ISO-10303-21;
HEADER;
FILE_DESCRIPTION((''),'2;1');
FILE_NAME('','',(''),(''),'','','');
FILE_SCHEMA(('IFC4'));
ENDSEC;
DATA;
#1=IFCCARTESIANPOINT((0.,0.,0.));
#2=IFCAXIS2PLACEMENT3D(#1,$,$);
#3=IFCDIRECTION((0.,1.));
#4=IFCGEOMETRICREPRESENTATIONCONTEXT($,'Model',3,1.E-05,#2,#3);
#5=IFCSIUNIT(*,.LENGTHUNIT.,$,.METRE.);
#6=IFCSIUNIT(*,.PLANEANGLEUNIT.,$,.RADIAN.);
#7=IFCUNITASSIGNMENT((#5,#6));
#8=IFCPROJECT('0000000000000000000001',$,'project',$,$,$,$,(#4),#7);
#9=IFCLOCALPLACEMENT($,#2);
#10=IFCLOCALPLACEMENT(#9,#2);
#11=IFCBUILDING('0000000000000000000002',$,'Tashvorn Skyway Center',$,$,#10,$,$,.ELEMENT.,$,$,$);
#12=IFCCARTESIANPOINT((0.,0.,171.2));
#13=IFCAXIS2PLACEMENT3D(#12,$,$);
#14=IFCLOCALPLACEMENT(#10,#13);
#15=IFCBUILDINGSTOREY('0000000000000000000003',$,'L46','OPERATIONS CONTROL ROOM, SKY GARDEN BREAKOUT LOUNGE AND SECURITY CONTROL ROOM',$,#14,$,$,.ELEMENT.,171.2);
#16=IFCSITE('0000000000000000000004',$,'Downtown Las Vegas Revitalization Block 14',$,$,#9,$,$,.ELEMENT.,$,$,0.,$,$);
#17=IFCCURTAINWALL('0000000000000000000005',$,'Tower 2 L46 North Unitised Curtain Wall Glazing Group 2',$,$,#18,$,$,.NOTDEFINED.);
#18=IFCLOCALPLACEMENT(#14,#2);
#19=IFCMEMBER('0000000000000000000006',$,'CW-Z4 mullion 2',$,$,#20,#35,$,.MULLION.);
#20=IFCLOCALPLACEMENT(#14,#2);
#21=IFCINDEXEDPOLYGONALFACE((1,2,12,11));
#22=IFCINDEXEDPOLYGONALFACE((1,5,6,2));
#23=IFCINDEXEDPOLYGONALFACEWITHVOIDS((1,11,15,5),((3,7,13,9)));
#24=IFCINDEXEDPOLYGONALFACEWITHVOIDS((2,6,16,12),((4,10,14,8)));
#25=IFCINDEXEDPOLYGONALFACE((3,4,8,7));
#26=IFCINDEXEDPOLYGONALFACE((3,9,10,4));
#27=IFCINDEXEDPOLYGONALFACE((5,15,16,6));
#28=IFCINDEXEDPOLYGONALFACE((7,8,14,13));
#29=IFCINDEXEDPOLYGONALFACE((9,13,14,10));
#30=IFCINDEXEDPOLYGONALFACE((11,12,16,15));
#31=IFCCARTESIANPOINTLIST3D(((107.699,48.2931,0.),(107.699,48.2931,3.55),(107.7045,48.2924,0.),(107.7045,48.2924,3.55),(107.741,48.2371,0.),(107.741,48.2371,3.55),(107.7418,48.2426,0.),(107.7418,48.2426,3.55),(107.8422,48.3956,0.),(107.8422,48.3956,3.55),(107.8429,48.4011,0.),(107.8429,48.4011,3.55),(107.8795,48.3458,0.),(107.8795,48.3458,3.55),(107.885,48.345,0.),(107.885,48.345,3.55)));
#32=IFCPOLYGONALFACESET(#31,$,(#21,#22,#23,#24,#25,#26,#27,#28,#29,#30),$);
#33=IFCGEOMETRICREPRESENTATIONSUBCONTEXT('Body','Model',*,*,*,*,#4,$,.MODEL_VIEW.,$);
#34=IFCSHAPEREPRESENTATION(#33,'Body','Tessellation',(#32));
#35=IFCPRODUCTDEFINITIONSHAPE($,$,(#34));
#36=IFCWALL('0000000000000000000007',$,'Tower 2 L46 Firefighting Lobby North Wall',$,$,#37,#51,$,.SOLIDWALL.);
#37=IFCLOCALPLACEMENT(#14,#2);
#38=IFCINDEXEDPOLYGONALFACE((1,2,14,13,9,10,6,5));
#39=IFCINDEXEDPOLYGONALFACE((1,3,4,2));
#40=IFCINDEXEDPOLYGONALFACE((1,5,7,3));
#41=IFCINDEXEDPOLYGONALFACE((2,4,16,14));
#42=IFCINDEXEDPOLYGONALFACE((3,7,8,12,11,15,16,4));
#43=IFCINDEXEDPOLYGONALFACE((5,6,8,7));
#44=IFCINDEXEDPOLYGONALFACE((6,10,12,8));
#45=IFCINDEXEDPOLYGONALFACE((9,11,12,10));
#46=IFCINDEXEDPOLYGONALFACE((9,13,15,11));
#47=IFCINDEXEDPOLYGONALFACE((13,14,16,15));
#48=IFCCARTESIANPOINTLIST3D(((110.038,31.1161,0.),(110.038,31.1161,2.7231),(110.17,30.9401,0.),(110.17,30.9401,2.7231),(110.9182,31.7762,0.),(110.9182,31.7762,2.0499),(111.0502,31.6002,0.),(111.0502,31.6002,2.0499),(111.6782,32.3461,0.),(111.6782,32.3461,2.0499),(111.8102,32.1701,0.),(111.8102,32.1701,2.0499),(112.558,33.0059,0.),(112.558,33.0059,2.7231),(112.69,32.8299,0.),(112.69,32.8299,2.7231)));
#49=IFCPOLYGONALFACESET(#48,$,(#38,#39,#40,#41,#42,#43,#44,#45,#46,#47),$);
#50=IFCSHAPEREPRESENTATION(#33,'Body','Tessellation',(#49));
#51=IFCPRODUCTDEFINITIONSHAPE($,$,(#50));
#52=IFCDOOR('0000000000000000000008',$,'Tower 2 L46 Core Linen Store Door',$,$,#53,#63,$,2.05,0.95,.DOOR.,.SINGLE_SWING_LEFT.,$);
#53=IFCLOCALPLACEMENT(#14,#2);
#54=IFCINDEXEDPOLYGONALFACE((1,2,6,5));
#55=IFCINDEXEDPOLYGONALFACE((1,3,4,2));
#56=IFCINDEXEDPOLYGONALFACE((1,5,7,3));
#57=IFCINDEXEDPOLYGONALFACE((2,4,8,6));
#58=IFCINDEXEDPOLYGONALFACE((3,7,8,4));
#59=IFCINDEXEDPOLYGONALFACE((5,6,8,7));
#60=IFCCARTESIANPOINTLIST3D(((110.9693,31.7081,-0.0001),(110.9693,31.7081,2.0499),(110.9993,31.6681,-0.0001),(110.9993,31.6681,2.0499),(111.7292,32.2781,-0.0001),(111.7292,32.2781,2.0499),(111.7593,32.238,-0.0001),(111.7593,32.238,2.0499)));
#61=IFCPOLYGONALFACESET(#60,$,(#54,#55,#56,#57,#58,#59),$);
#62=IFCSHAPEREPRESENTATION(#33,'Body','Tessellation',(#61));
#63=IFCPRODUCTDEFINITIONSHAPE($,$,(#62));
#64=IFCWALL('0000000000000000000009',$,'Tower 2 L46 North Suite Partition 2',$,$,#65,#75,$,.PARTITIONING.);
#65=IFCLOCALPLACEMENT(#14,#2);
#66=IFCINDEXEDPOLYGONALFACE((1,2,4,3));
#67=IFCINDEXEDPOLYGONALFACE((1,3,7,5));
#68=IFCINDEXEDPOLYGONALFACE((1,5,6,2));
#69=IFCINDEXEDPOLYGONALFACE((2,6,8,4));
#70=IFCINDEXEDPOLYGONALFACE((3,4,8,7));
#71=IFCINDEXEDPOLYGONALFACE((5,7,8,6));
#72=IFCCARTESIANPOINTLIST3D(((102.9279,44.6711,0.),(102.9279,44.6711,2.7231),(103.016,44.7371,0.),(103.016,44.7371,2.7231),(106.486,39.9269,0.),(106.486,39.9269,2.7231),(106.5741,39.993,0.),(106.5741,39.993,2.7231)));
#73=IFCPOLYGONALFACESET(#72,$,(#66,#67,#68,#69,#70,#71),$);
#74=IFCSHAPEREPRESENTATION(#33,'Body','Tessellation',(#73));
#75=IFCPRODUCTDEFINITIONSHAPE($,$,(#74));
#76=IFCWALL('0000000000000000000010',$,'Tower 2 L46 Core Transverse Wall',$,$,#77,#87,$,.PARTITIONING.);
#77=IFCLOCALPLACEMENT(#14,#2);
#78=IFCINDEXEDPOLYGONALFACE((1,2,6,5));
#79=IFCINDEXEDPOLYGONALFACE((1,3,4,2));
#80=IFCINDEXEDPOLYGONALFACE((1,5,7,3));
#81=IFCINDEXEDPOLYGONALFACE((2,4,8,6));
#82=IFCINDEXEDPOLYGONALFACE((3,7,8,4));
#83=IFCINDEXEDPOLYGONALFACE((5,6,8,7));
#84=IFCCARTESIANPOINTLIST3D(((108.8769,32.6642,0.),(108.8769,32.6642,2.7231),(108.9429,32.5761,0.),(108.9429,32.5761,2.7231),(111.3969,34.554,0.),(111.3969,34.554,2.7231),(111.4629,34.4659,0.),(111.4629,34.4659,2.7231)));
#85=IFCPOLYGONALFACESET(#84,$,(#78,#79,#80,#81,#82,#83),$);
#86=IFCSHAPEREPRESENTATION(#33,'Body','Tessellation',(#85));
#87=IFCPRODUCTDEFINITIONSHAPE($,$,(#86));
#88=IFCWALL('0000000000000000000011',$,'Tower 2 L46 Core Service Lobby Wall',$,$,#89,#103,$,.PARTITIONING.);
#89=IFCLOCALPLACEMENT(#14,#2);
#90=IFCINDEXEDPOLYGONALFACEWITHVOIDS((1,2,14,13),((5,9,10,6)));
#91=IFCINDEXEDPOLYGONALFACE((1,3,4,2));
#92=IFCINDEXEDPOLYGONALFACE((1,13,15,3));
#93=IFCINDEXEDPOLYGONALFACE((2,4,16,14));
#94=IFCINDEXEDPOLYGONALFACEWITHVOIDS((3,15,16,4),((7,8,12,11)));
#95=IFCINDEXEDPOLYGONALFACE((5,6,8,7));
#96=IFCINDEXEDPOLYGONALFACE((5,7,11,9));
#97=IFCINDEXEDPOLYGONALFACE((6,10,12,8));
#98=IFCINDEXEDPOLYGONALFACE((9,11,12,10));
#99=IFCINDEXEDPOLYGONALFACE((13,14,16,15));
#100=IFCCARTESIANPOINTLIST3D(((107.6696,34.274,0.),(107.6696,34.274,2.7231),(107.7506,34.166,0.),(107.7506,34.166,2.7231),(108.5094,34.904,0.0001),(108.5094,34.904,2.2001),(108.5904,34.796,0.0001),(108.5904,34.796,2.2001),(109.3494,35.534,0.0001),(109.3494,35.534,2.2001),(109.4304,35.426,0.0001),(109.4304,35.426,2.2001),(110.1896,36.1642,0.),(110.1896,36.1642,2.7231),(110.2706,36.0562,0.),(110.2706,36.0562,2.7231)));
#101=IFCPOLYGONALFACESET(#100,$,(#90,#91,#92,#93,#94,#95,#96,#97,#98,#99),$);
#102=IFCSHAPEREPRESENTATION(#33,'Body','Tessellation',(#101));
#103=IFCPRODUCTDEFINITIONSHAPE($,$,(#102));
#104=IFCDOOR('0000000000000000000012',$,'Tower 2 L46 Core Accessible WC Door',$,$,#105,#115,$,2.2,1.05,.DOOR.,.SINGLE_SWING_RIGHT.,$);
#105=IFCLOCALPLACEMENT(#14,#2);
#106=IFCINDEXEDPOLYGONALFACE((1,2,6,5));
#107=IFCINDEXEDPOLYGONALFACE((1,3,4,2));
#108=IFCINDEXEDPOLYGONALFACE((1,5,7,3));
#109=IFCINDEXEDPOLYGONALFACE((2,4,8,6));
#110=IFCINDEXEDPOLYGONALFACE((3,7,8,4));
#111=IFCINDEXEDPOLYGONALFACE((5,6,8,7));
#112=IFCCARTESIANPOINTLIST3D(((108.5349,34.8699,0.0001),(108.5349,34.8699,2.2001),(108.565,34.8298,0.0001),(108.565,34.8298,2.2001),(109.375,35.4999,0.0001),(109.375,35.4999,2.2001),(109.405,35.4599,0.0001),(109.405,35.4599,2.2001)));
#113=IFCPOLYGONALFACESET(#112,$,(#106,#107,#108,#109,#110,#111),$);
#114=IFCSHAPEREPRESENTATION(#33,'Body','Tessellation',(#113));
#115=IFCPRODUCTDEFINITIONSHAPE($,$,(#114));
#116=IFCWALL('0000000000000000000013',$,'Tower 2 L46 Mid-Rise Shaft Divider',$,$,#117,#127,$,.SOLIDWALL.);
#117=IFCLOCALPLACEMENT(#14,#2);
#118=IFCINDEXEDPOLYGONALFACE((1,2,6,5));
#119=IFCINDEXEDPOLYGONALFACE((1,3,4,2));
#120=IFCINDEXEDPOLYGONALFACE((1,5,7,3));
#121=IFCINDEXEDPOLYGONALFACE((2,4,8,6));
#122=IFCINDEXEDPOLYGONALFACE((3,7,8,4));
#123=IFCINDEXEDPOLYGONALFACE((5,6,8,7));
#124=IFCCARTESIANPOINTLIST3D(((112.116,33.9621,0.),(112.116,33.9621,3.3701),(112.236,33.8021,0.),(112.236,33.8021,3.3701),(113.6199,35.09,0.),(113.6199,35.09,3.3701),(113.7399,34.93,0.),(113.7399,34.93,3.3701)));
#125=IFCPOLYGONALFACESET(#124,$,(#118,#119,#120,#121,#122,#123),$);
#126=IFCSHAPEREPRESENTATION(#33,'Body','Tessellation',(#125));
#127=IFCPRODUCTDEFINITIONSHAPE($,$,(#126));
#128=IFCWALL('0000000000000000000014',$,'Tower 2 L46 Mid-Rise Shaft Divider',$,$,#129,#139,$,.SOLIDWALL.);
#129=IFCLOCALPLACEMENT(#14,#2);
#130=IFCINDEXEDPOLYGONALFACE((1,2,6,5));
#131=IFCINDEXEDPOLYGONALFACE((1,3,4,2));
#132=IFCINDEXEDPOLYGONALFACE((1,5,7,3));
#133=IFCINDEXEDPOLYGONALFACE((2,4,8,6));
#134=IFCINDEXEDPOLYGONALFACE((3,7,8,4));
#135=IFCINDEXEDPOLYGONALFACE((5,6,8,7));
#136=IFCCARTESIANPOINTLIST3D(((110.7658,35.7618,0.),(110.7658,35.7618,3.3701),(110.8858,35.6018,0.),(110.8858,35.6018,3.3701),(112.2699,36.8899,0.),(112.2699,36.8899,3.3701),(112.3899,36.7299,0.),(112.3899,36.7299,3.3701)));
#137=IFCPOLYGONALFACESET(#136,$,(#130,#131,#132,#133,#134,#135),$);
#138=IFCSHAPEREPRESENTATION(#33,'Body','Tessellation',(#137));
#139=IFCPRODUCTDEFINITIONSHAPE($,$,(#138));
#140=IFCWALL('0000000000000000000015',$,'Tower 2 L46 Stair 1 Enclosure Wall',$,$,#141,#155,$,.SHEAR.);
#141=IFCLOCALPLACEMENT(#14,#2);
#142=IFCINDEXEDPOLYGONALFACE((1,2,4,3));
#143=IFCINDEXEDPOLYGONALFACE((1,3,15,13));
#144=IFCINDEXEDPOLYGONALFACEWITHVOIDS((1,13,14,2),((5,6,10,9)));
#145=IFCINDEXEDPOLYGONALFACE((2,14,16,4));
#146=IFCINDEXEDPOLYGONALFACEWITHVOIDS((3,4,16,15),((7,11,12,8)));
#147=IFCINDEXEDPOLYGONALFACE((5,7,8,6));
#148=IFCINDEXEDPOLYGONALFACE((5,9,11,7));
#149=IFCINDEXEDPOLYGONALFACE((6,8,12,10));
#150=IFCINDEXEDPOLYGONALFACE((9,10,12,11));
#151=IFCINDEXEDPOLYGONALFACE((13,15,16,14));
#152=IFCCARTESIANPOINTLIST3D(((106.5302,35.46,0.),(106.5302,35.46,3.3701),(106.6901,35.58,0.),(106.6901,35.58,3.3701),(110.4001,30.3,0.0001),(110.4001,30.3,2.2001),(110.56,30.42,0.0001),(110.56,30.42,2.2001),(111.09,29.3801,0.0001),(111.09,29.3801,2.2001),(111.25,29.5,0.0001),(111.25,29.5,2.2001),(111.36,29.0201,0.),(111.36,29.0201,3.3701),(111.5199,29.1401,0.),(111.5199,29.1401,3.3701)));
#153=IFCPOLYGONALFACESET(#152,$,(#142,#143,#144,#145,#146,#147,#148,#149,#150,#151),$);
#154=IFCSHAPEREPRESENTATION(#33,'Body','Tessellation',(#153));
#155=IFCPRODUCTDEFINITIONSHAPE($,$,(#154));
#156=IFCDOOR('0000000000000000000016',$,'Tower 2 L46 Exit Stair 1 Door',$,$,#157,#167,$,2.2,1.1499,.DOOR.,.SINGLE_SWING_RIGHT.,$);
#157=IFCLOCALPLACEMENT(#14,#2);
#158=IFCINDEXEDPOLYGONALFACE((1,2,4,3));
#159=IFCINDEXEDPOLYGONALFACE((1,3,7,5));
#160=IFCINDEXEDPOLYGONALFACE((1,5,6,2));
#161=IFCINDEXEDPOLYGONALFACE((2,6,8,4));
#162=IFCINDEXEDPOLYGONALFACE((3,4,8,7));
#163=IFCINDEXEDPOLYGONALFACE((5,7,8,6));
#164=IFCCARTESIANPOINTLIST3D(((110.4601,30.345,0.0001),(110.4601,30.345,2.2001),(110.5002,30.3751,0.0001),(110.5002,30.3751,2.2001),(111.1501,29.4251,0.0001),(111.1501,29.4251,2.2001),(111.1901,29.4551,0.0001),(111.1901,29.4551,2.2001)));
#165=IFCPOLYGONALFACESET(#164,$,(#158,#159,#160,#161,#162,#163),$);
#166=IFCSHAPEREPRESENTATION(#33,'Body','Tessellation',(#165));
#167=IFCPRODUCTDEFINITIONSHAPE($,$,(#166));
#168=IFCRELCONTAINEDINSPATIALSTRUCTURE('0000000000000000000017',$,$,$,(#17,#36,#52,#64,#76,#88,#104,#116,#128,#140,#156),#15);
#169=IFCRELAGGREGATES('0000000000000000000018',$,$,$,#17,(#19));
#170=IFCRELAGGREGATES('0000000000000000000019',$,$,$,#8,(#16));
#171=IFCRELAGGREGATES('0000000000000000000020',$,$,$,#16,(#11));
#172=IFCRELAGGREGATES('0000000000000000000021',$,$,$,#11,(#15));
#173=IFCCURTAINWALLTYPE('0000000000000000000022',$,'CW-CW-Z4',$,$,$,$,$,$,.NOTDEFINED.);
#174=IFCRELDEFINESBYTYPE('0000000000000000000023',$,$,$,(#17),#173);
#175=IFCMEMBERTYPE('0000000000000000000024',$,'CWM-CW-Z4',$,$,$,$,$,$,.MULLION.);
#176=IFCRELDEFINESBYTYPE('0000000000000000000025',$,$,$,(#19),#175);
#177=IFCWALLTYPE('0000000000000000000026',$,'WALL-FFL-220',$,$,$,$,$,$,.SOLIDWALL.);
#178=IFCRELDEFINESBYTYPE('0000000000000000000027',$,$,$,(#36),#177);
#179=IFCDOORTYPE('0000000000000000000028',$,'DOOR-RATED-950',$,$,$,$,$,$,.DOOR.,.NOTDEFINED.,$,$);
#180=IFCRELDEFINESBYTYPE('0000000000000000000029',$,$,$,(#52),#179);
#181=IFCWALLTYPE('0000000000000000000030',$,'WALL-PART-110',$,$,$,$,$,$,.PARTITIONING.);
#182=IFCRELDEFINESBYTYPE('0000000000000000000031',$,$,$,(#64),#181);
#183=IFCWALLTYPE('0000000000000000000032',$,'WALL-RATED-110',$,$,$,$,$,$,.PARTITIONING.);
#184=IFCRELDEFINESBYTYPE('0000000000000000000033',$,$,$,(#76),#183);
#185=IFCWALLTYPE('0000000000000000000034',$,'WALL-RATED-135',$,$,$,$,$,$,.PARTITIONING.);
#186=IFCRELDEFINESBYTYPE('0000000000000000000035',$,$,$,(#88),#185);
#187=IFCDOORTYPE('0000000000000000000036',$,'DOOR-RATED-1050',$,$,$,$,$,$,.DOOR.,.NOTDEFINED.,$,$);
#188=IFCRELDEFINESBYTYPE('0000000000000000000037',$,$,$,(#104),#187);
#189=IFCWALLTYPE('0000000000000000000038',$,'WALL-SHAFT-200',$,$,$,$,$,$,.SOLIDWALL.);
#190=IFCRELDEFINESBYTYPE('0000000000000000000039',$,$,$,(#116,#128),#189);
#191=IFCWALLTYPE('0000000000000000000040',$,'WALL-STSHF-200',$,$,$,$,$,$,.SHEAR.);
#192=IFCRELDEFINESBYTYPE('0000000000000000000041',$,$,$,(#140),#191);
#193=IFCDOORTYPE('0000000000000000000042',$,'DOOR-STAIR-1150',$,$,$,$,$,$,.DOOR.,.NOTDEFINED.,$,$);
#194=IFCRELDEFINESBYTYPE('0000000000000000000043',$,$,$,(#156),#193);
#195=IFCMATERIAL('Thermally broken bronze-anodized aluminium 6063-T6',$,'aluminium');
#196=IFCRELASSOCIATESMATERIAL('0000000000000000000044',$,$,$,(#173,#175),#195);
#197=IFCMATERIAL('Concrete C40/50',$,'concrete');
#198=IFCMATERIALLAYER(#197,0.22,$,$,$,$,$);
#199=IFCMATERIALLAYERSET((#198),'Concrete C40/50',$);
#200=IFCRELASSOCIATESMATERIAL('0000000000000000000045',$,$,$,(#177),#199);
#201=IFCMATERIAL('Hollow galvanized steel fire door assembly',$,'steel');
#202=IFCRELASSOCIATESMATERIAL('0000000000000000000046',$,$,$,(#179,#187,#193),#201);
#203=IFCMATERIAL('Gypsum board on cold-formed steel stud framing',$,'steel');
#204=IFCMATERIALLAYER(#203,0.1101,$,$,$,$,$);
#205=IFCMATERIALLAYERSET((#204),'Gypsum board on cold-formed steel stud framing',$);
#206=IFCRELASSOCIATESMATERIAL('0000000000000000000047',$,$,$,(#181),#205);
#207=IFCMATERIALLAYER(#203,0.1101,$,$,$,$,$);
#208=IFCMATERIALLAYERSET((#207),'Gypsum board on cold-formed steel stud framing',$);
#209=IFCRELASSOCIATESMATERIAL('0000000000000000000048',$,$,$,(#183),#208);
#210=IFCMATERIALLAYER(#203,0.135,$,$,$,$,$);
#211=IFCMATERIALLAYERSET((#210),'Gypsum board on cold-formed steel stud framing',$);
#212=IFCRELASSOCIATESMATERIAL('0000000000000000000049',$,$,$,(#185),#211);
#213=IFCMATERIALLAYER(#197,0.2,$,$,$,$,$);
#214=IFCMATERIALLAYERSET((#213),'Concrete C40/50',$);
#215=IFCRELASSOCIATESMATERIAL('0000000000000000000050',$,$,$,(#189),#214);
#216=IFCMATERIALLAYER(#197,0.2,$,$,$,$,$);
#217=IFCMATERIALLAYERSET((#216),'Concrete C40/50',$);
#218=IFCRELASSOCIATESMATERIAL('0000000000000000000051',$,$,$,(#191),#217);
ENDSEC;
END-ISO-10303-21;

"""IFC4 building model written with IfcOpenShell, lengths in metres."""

from ifc_helpers import new_model, si_unit, direction, frame, frame_2d, origin, origin_2d, place, context, subcontext, project, spatial, rectangle, hollow_rectangle, extrude, material, layer, layer_set, material_profile, profile_set, type_object, element, fill, aggregate, save


model = new_model("IFC4")

# Units and contexts
model_context = context("Model", 3, precision=1e-05, world=origin(), true_north=direction((0.0, 1.0)))
body_context = subcontext(model_context, "Body", "Model", "MODEL_VIEW")
ifc_project = project(units=[si_unit("LENGTHUNIT", "METRE"), si_unit("PLANEANGLEUNIT", "RADIAN")], contexts=[model_context])

# Site, building, storey
site_placement = place(None, origin())
site = spatial("IfcSite", under=ifc_project, at=site_placement, Name="Downtown Las Vegas Revitalization Block 14", CompositionType="ELEMENT", RefElevation=0.0)
building_placement = place(site_placement, origin())
building = spatial("IfcBuilding", under=site, at=building_placement, Name="Tashvorn Skyway Center", CompositionType="ELEMENT")
storey_placement = place(building_placement, frame((0.0, 0.0, 171.2)))
storey = spatial("IfcBuildingStorey", under=building, at=storey_placement, Name="L46", Description="OPERATIONS CONTROL ROOM, SKY GARDEN BREAKOUT LOUNGE AND SECURITY CONTROL ROOM", CompositionType="ELEMENT", Elevation=171.2)

# Curtain wall, member
ifc_material_1 = material(Name="Thermally broken bronze-anodized aluminium 6063-T6", Category="aluminium")
curtain_wall_type = type_object("IfcCurtainWallType", Name="CW-CW-Z4", PredefinedType="NOTDEFINED", material=ifc_material_1)
curtain_wall_placement = place(storey_placement, origin())
curtain_wall = element("IfcCurtainWall", 1, at=curtain_wall_placement, inside=storey, type_object=curtain_wall_type, Name="Tower 2 L46 North Unitised Curtain Wall Glazing Group 2", PredefinedType="NOTDEFINED")
ifc_material_profile_1 = material_profile(ifc_material_1, hollow_rectangle(XDim=0.0701, YDim=0.1799, WallThickness=0.0039, at=origin_2d()), Name="ALU-MULL-70x180")
ifc_profile_set_1 = profile_set([ifc_material_profile_1], Name="Thermally broken bronze-anodized aluminium 6063-T6")
member_type = type_object("IfcMemberType", Name="CWM-CW-Z4", PredefinedType="MULLION", material=ifc_profile_set_1)
member_placement = place(storey_placement, frame((107.792, 48.3191, 0.0), z_axis=(0.0, 0.0, 1.0), x_axis=(-0.6, 0.8, 0.0)))
member = element("IfcMember", 2, at=member_placement, type_object=member_type, Name="CW-Z4 mullion 2", PredefinedType="MULLION", context=body_context, shape_type="SweptSolid", body=[
    extrude(hollow_rectangle(XDim=0.0701, YDim=0.1799, WallThickness=0.0039, at=origin_2d()), origin(), (0.0, 0.0, 1.0), 3.55),
])
aggregate(curtain_wall, [member])

# Wall, opening, door
ifc_material_2 = material(Name="Concrete C40/50", Category="concrete")
ifc_layer_1 = layer(ifc_material_2, 0.22)
ifc_layer_set_1 = layer_set([ifc_layer_1], Name="Concrete C40/50")
wall_type_1 = type_object("IfcWallType", Name="WALL-FFL-220", PredefinedType="SOLIDWALL", material=ifc_layer_set_1)
wall_1_placement = place(storey_placement, frame((110.104, 31.0281, 0.0), z_axis=(0.0, 0.0, 1.0), x_axis=(0.800019, 0.599975, 0.0)))
wall_1 = element("IfcWall", 3, at=wall_1_placement, inside=storey, type_object=wall_type_1, Name="Tower 2 L46 Firefighting Lobby North Wall", PredefinedType="SOLIDWALL", context=body_context, shape_type="SweptSolid", body=[
    extrude(rectangle(XDim=3.1499, YDim=0.22, at=frame_2d((1.575, 0.0))), origin(), (0.0, 0.0, 1.0), 2.7231),
])
opening_1_placement = place(wall_1_placement, frame((1.1001, 0.0, 0.0)))
opening_1 = element("IfcOpeningElement", 4, at=opening_1_placement, cuts=wall_1, PredefinedType="OPENING", context=body_context, shape_type="SweptSolid", body=[
    extrude(rectangle(XDim=0.95, YDim=2.05, at=frame_2d((0.4751, 1.0249))), frame((0.0, 0.1199, 0.0), z_axis=(0.0, -1.0, 0.0), x_axis=(1.0, 0.0, 0.0)), (0.0, 0.0, 1.0), 0.24),
])
ifc_material_3 = material(Name="Hollow galvanized steel fire door assembly", Category="steel")
door_type_1 = type_object("IfcDoorType", Name="DOOR-RATED-950", OperationType="NOTDEFINED", PredefinedType="DOOR", material=ifc_material_3)
door_1_placement = place(opening_1_placement, origin())
door_1 = element("IfcDoor", 5, at=door_1_placement, inside=storey, type_object=door_type_1, Name="Tower 2 L46 Core Linen Store Door", OperationType="SINGLE_SWING_LEFT", OverallHeight=2.05, OverallWidth=0.95, PredefinedType="DOOR", context=body_context, shape_type="SweptSolid", body=[
    extrude(rectangle(XDim=0.95, YDim=2.05, at=frame_2d((0.4751, 1.0249))), frame((0.0, 0.0249, 0.0), z_axis=(0.0, -1.0, 0.0), x_axis=(1.0, 0.0, 0.0)), (0.0, 0.0, 1.0), 0.05),
])
fill(opening_1, door_1)

# Walls
ifc_material_4 = material(Name="Gypsum board on cold-formed steel stud framing", Category="steel")
ifc_layer_2 = layer(ifc_material_4, 0.1101)
ifc_layer_set_2 = layer_set([ifc_layer_2], Name="Gypsum board on cold-formed steel stud framing")
wall_type_2 = type_object("IfcWallType", Name="WALL-PART-110", PredefinedType="PARTITIONING", material=ifc_layer_set_2)
wall_2_placement = place(storey_placement, frame((106.53, 39.96, 0.0), z_axis=(0.0, 0.0, 1.0), x_axis=(-0.6, 0.8, 0.0)))
element("IfcWall", 6, at=wall_2_placement, inside=storey, type_object=wall_type_2, Name="Tower 2 L46 North Suite Partition 2", PredefinedType="PARTITIONING", context=body_context, shape_type="SweptSolid", body=[
    extrude(rectangle(XDim=5.9302, YDim=0.1101, at=frame_2d((2.9651, 0.0))), origin(), (0.0, 0.0, 1.0), 2.7231),
])
ifc_layer_3 = layer(ifc_material_4, 0.1101)
ifc_layer_set_3 = layer_set([ifc_layer_3], Name="Gypsum board on cold-formed steel stud framing")
wall_type_3 = type_object("IfcWallType", Name="WALL-RATED-110", PredefinedType="PARTITIONING", material=ifc_layer_set_3)
wall_3_placement = place(storey_placement, frame((108.9099, 32.6201, 0.0), z_axis=(0.0, 0.0, 1.0), x_axis=(0.800019, 0.599975, 0.0)))
element("IfcWall", 7, at=wall_3_placement, inside=storey, type_object=wall_type_3, Name="Tower 2 L46 Core Transverse Wall", PredefinedType="PARTITIONING", context=body_context, shape_type="SweptSolid", body=[
    extrude(rectangle(XDim=3.1499, YDim=0.1101, at=frame_2d((1.575, 0.0))), origin(), (0.0, 0.0, 1.0), 2.7231),
])

# Wall, opening, door
ifc_layer_4 = layer(ifc_material_4, 0.135)
ifc_layer_set_4 = layer_set([ifc_layer_4], Name="Gypsum board on cold-formed steel stud framing")
wall_type_4 = type_object("IfcWallType", Name="WALL-RATED-135", PredefinedType="PARTITIONING", material=ifc_layer_set_4)
wall_4_placement = place(storey_placement, frame((107.71, 34.22, 0.0), z_axis=(0.0, 0.0, 1.0), x_axis=(0.799981, 0.600025, 0.0)))
wall_4 = element("IfcWall", 8, at=wall_4_placement, inside=storey, type_object=wall_type_4, Name="Tower 2 L46 Core Service Lobby Wall", PredefinedType="PARTITIONING", context=body_context, shape_type="SweptSolid", body=[
    extrude(rectangle(XDim=3.1501, YDim=0.135, at=frame_2d((1.5752, 0.0))), origin(), (0.0, 0.0, 1.0), 2.7231),
])
opening_2_placement = place(wall_4_placement, frame((1.05, 0.0, 0.0)))
opening_2 = element("IfcOpeningElement", 9, at=opening_2_placement, cuts=wall_4, PredefinedType="OPENING", context=body_context, shape_type="SweptSolid", body=[
    extrude(rectangle(XDim=1.05, YDim=2.2, at=frame_2d((0.5249, 1.1001))), frame((0.0, 0.0774, 0.0), z_axis=(0.0, -1.0, 0.0), x_axis=(1.0, 0.0, 0.0)), (0.0, 0.0, 1.0), 0.155),
])
door_type_2 = type_object("IfcDoorType", Name="DOOR-RATED-1050", OperationType="NOTDEFINED", PredefinedType="DOOR", material=ifc_material_3)
door_2_placement = place(opening_2_placement, origin())
door_2 = element("IfcDoor", 10, at=door_2_placement, inside=storey, type_object=door_type_2, Name="Tower 2 L46 Core Accessible WC Door", OperationType="SINGLE_SWING_RIGHT", OverallHeight=2.2, OverallWidth=1.05, PredefinedType="DOOR", context=body_context, shape_type="SweptSolid", body=[
    extrude(rectangle(XDim=1.05, YDim=2.2, at=frame_2d((0.5249, 1.1001))), frame((0.0, 0.0249, 0.0), z_axis=(0.0, -1.0, 0.0), x_axis=(1.0, 0.0, 0.0)), (0.0, 0.0, 1.0), 0.05),
])
fill(opening_2, door_2)

# Walls
ifc_layer_5 = layer(ifc_material_2, 0.2)
ifc_layer_set_5 = layer_set([ifc_layer_5], Name="Concrete C40/50")
wall_type_5 = type_object("IfcWallType", Name="WALL-SHAFT-200", PredefinedType="SOLIDWALL", material=ifc_layer_set_5)
wall_5_placement = place(storey_placement, frame((112.176, 33.8821, 0.0), z_axis=(0.0, 0.0, 1.0), x_axis=(0.8, 0.6, 0.0)))
element("IfcWall", 11, at=wall_5_placement, inside=storey, type_object=wall_type_5, Name="Tower 2 L46 Mid-Rise Shaft Divider", PredefinedType="SOLIDWALL", context=body_context, shape_type="SweptSolid", body=[
    extrude(rectangle(XDim=1.8799, YDim=0.2, at=frame_2d((0.9399, 0.0))), origin(), (0.0, 0.0, 1.0), 3.3701),
])
wall_6_placement = place(storey_placement, frame((110.8259, 35.6819, 0.0), z_axis=(0.0, 0.0, 1.0), x_axis=(0.799984, 0.600021, 0.0)))
element("IfcWall", 12, at=wall_6_placement, inside=storey, type_object=wall_type_5, Name="Tower 2 L46 Mid-Rise Shaft Divider", PredefinedType="SOLIDWALL", context=body_context, shape_type="SweptSolid", body=[
    extrude(rectangle(XDim=1.8801, YDim=0.2, at=frame_2d((0.9399, 0.0))), origin(), (0.0, 0.0, 1.0), 3.3701),
])

# Wall, opening, door
ifc_layer_6 = layer(ifc_material_2, 0.2)
ifc_layer_set_6 = layer_set([ifc_layer_6], Name="Concrete C40/50")
wall_type_6 = type_object("IfcWallType", Name="WALL-STSHF-200", PredefinedType="SHEAR", material=ifc_layer_set_6)
wall_7_placement = place(storey_placement, frame((111.4399, 29.0801, 0.0), z_axis=(0.0, 0.0, 1.0), x_axis=(-0.59999, 0.800007, 0.0)))
wall_7 = element("IfcWall", 13, at=wall_7_placement, inside=storey, type_object=wall_type_6, Name="Tower 2 L46 Stair 1 Enclosure Wall", PredefinedType="SHEAR", context=body_context, shape_type="SweptSolid", body=[
    extrude(rectangle(XDim=8.0498, YDim=0.2, at=frame_2d((4.0249, 0.0))), origin(), (0.0, 0.0, 1.0), 3.3701),
])
opening_3_placement = place(wall_7_placement, frame((0.45, 0.0, 0.0)))
opening_3 = element("IfcOpeningElement", 14, at=opening_3_placement, cuts=wall_7, PredefinedType="OPENING", context=body_context, shape_type="SweptSolid", body=[
    extrude(rectangle(XDim=1.1499, YDim=2.2, at=frame_2d((0.575, 1.1001))), frame((0.0, 0.1099, 0.0), z_axis=(0.0, -1.0, 0.0), x_axis=(1.0, 0.0, 0.0)), (0.0, 0.0, 1.0), 0.22),
])
door_type_3 = type_object("IfcDoorType", Name="DOOR-STAIR-1150", OperationType="NOTDEFINED", PredefinedType="DOOR", material=ifc_material_3)
door_3_placement = place(opening_3_placement, origin())
door_3 = element("IfcDoor", 15, at=door_3_placement, inside=storey, type_object=door_type_3, Name="Tower 2 L46 Exit Stair 1 Door", OperationType="SINGLE_SWING_RIGHT", OverallHeight=2.2, OverallWidth=1.1499, PredefinedType="DOOR", context=body_context, shape_type="SweptSolid", body=[
    extrude(rectangle(XDim=1.1499, YDim=2.2, at=frame_2d((0.575, 1.1001))), frame((0.0, 0.0249, 0.0), z_axis=(0.0, -1.0, 0.0), x_axis=(1.0, 0.0, 0.0)), (0.0, 0.0, 1.0), 0.05),
])
fill(opening_3, door_3)

save(model, "model.ifc")
